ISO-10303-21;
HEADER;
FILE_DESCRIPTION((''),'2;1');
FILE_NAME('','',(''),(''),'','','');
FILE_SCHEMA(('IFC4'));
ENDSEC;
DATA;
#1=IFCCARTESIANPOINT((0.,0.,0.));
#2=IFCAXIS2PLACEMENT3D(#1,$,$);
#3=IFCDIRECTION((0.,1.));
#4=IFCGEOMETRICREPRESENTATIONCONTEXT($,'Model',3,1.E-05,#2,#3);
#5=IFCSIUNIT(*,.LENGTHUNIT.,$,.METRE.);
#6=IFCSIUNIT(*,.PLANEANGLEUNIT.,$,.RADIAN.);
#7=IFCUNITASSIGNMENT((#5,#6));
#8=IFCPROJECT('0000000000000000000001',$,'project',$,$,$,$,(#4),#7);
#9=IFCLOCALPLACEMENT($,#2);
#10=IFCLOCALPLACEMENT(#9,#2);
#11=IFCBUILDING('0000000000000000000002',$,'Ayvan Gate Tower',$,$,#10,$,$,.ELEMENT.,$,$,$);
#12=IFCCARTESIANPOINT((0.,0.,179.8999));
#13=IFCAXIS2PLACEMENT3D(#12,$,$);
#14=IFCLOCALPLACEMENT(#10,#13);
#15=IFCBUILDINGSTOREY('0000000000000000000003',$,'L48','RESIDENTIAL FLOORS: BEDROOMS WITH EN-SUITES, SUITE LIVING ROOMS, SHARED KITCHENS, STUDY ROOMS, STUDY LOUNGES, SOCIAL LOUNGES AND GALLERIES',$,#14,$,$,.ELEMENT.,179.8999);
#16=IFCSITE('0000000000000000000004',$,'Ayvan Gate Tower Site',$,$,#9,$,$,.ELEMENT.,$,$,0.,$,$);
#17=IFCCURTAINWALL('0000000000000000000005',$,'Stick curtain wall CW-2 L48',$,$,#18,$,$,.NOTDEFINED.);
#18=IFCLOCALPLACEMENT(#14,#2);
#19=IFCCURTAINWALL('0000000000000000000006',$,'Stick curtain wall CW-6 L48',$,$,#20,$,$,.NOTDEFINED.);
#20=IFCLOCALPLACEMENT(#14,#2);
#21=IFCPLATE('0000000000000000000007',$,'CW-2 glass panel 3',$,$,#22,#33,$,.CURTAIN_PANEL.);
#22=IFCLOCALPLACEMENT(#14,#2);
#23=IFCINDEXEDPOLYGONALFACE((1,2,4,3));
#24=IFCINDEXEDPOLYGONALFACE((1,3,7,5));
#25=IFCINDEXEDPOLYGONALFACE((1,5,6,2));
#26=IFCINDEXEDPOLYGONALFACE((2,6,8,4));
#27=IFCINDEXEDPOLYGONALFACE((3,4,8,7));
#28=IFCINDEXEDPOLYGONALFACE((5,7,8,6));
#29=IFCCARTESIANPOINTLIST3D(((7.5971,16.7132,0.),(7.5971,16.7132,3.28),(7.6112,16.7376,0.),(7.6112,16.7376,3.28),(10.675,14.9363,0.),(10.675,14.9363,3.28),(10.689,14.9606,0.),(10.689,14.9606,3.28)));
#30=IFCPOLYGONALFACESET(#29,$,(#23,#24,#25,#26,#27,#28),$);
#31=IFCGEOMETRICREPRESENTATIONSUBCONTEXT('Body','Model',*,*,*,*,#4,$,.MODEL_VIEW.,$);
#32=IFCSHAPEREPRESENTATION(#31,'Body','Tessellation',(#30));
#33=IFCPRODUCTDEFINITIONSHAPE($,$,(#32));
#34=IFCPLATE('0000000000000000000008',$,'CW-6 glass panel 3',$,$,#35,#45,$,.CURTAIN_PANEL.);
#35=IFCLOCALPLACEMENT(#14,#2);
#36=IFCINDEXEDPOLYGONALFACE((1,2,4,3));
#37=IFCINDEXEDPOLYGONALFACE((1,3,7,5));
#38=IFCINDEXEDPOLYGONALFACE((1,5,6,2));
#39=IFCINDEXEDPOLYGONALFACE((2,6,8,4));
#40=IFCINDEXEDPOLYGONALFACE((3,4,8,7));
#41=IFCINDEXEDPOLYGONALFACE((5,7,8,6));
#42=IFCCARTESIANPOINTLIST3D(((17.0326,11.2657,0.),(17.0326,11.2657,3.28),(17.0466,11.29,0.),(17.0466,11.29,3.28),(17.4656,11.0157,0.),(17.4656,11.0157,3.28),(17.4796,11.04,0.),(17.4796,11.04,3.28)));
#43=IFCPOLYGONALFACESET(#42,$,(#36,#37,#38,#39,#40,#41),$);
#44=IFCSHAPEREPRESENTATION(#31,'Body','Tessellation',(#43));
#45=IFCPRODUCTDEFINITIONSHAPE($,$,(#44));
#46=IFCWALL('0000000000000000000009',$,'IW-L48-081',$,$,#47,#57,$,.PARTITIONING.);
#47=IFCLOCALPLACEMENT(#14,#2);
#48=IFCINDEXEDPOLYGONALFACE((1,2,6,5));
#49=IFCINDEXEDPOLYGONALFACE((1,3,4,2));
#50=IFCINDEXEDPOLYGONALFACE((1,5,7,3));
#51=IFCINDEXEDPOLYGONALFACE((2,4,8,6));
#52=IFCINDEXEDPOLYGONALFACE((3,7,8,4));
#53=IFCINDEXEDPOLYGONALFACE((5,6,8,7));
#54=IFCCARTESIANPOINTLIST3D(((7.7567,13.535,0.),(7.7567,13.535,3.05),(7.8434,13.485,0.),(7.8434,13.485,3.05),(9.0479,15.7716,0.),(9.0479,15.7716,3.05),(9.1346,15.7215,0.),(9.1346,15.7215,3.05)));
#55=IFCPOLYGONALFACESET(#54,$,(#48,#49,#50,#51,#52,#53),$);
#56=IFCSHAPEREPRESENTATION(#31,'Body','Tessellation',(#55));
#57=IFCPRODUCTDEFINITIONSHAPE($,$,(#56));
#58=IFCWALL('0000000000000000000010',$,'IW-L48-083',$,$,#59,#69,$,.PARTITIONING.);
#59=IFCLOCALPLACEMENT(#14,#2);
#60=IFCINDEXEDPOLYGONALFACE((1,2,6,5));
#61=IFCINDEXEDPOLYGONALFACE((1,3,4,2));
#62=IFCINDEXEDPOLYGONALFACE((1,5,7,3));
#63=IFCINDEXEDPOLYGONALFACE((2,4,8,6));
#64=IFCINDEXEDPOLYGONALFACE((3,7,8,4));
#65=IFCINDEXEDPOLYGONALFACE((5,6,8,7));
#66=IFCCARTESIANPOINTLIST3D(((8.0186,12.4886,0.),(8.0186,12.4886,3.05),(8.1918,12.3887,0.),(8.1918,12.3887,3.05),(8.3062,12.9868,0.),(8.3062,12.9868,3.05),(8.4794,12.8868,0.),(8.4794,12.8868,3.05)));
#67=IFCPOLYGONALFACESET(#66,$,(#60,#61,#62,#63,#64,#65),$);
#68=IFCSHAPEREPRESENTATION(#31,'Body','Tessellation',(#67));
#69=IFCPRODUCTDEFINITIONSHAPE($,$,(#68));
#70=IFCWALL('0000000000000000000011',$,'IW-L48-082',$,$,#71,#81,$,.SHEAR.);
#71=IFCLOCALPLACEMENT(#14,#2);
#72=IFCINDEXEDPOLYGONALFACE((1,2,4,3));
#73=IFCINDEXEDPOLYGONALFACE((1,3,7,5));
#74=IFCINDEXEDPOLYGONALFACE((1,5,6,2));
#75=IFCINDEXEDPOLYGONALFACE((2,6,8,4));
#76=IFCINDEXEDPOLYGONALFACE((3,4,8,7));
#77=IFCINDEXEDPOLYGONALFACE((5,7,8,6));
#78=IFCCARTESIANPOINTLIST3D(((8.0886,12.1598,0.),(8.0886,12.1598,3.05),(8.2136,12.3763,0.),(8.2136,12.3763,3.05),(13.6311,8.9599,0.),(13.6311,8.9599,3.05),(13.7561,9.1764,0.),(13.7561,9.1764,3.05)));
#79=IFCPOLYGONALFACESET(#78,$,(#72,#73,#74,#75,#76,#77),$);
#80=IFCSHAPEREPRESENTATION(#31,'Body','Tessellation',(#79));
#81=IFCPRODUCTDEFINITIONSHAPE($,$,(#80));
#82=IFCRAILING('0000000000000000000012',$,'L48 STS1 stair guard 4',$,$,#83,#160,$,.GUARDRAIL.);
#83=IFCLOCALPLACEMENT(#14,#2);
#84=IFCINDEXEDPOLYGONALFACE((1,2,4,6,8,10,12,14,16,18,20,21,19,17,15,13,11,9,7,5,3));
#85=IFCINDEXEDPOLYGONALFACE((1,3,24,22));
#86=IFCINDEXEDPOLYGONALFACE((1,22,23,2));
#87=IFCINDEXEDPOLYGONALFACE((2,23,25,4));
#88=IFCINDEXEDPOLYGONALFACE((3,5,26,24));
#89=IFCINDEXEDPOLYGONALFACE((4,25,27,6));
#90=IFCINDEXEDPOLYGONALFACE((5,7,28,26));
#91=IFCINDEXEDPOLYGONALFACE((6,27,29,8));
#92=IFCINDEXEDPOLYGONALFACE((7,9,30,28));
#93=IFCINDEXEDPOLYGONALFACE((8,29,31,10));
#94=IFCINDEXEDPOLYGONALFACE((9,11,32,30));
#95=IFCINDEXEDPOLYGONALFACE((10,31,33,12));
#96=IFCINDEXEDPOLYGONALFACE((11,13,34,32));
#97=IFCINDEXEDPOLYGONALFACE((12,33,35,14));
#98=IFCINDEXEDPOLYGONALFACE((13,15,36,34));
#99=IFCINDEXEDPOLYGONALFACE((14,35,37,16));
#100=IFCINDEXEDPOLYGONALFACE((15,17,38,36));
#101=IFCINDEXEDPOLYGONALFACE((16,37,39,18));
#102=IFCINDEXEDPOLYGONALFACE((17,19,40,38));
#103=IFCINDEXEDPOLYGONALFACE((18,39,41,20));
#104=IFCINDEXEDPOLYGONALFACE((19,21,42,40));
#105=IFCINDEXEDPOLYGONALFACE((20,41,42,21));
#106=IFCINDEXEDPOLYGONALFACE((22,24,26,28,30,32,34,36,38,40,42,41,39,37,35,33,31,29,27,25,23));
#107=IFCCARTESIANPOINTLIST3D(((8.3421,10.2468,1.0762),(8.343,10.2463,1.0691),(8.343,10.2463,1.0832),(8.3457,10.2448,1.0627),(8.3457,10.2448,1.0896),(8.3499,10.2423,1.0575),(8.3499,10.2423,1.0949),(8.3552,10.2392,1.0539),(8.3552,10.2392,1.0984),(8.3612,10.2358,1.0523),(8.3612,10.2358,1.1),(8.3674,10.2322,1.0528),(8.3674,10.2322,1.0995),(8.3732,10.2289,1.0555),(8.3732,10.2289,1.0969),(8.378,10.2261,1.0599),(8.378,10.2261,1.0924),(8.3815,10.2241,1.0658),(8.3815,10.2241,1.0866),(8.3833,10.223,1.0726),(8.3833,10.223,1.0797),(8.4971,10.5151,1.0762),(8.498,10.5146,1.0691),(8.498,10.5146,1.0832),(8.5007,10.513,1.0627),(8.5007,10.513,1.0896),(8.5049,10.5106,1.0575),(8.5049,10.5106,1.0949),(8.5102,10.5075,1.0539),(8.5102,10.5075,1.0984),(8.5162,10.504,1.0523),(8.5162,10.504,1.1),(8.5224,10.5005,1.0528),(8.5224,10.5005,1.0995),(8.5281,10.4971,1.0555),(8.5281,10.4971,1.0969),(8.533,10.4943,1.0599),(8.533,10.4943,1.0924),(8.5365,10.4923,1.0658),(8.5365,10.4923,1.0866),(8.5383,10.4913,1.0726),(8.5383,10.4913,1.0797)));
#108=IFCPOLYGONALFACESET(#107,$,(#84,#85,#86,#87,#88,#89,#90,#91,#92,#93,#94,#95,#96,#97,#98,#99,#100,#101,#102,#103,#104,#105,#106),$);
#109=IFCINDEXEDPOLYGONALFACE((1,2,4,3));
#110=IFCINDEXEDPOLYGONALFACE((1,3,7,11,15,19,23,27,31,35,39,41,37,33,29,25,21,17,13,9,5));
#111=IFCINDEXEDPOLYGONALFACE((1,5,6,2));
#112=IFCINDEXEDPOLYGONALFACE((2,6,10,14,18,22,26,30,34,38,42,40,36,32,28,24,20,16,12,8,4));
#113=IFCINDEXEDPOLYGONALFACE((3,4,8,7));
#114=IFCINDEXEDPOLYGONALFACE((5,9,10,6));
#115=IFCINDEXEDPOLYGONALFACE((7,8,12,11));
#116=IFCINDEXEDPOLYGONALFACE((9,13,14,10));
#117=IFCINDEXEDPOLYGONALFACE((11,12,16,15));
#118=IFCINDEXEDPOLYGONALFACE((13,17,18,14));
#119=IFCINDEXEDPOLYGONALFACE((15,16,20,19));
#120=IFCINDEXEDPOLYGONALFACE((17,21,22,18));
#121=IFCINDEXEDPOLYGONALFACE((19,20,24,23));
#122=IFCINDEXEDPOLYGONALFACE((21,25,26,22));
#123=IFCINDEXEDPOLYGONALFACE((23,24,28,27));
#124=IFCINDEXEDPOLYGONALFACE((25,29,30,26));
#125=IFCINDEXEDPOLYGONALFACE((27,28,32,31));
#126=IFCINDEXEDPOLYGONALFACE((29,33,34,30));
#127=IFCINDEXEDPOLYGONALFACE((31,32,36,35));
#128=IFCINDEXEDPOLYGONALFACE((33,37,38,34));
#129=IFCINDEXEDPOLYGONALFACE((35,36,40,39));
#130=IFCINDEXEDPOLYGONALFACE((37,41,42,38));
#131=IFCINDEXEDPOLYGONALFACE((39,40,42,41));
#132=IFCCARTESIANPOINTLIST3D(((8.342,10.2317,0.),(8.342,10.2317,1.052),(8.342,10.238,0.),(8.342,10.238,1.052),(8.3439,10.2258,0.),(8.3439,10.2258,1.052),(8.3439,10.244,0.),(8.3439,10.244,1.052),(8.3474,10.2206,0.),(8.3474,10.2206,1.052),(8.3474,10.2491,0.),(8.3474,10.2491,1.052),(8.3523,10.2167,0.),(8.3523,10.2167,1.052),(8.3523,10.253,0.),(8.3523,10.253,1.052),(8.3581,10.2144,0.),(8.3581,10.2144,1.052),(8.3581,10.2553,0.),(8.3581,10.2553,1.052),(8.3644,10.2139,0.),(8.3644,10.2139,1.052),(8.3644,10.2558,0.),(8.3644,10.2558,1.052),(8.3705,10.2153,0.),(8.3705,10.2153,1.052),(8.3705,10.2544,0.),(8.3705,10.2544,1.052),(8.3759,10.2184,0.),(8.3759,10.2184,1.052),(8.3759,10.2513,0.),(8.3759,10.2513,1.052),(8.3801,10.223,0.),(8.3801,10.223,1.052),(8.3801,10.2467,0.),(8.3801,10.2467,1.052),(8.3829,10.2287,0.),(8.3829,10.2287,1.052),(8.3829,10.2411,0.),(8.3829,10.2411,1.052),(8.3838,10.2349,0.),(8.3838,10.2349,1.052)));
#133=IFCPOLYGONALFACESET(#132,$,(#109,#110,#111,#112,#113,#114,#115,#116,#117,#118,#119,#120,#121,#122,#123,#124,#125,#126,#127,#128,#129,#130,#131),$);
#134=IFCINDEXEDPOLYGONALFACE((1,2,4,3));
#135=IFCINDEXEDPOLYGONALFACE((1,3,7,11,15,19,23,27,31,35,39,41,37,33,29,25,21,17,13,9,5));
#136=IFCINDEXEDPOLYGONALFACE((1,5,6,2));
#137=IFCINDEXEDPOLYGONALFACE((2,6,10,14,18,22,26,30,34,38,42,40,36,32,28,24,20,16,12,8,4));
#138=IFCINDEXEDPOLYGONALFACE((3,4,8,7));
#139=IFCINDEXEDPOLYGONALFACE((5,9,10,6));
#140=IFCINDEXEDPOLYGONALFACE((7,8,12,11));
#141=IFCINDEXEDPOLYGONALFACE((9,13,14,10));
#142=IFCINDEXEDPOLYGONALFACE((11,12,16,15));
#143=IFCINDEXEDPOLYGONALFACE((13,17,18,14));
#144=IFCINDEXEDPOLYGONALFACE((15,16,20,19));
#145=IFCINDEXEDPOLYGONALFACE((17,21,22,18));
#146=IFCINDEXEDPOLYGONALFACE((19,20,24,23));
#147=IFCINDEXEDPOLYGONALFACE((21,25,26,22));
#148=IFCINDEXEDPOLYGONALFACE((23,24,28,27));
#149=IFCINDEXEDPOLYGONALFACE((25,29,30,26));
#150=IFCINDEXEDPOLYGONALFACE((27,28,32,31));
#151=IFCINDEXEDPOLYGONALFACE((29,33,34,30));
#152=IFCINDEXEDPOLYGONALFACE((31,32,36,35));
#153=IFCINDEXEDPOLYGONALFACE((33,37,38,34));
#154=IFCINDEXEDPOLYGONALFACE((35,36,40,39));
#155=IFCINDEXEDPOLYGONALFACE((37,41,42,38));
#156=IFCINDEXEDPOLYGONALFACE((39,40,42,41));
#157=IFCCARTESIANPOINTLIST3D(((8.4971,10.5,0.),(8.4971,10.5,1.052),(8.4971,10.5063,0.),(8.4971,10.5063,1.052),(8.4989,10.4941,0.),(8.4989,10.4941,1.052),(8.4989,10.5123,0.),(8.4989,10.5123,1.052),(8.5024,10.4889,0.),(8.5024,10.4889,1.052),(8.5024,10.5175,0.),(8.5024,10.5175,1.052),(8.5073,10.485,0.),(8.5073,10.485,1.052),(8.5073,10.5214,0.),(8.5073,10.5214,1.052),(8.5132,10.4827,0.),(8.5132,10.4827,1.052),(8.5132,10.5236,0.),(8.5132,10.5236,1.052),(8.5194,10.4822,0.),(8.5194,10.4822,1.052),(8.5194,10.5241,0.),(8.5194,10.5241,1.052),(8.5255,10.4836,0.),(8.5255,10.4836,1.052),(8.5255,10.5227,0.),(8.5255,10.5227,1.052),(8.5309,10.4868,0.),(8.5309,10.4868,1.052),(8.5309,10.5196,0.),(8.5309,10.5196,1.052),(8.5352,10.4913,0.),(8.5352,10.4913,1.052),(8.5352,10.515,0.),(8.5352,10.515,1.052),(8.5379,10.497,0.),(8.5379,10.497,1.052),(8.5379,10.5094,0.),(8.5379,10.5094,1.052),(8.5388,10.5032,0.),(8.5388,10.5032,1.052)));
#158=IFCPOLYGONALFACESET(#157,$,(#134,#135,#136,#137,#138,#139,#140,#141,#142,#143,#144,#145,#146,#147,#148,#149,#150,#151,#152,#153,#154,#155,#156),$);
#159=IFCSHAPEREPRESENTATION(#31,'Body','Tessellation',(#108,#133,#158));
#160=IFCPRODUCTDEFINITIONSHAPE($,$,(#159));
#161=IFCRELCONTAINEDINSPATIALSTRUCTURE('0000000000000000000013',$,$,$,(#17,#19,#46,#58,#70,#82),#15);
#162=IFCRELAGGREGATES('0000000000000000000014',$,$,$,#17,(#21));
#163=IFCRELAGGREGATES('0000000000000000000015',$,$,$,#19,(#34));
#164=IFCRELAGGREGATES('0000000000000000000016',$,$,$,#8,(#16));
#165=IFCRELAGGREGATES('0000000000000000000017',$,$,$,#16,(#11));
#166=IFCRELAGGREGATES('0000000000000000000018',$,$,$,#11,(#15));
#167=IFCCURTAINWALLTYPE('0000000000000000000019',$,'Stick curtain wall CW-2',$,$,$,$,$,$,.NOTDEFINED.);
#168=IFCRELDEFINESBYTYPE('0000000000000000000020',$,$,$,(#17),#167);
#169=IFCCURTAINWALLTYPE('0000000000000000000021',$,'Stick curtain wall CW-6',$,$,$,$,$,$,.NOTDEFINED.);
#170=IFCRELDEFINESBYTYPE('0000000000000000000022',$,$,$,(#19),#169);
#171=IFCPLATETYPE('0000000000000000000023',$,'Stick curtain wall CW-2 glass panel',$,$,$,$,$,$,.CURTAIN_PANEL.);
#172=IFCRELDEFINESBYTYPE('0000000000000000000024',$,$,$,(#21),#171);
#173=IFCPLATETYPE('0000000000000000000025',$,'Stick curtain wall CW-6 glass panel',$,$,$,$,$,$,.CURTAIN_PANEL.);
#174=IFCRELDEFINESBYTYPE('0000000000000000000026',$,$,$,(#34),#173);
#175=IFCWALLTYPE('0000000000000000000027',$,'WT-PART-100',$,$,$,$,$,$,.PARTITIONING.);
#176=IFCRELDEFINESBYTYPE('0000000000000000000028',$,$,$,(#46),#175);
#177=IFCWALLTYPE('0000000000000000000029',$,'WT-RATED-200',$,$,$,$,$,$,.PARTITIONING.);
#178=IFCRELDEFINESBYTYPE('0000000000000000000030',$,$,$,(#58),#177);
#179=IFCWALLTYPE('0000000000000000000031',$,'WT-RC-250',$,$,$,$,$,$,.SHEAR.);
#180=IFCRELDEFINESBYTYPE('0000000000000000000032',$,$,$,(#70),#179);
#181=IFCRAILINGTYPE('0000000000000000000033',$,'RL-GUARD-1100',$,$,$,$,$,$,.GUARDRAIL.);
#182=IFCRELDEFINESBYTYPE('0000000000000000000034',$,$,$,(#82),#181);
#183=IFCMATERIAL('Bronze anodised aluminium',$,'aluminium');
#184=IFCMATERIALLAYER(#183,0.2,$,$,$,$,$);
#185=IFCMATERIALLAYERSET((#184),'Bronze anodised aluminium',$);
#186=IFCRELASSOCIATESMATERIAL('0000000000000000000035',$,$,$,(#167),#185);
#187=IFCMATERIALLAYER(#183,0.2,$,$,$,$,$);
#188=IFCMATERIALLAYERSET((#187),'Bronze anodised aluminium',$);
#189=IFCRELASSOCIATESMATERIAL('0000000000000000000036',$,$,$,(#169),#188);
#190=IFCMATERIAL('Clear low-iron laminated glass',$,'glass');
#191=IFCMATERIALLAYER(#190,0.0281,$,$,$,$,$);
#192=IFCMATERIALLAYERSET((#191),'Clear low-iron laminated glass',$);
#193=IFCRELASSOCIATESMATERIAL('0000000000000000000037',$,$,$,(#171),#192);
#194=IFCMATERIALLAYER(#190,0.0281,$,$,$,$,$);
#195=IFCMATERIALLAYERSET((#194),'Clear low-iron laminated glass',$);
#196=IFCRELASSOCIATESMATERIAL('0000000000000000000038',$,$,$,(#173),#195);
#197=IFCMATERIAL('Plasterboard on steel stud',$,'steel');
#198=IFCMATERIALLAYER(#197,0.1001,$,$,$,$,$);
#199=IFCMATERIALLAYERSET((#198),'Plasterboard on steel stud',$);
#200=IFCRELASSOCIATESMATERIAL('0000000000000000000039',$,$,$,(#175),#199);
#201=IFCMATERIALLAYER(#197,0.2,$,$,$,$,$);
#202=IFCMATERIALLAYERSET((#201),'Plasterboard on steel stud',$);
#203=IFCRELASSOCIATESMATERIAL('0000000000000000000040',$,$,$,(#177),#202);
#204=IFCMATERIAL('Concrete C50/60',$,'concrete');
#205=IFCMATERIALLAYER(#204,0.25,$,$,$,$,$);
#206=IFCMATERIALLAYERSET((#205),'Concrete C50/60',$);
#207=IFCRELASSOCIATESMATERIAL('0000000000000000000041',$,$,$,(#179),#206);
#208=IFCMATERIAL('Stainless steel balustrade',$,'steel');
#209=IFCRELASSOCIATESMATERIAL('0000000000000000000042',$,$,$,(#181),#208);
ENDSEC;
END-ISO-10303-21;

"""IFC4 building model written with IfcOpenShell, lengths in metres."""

from ifc_helpers import new_model, si_unit, direction, frame, frame_2d, origin, origin_2d, place, context, subcontext, project, spatial, rectangle, circle, extrude, material, layer, layer_set, type_object, element, aggregate, save


model = new_model("IFC4")

# Units and contexts
model_context = context("Model", 3, precision=1e-05, world=origin(), true_north=direction((0.0, 1.0)))
body_context = subcontext(model_context, "Body", "Model", "MODEL_VIEW")
ifc_project = project(units=[si_unit("LENGTHUNIT", "METRE"), si_unit("PLANEANGLEUNIT", "RADIAN")], contexts=[model_context])

# Site, building, storey
site_placement = place(None, origin())
site = spatial("IfcSite", under=ifc_project, at=site_placement, Name="Ayvan Gate Tower Site", CompositionType="ELEMENT", RefElevation=0.0)
building_placement = place(site_placement, origin())
building = spatial("IfcBuilding", under=site, at=building_placement, Name="Ayvan Gate Tower", CompositionType="ELEMENT")
storey_placement = place(building_placement, frame((0.0, 0.0, 179.8999)))
storey = spatial("IfcBuildingStorey", under=building, at=storey_placement, Name="L48", Description="RESIDENTIAL FLOORS: BEDROOMS WITH EN-SUITES, SUITE LIVING ROOMS, SHARED KITCHENS, STUDY ROOMS, STUDY LOUNGES, SOCIAL LOUNGES AND GALLERIES", CompositionType="ELEMENT", Elevation=179.8999)

# Curtain walls
ifc_material_1 = material(Name="Bronze anodised aluminium", Category="aluminium")
ifc_layer_1 = layer(ifc_material_1, 0.2)
ifc_layer_set_1 = layer_set([ifc_layer_1], Name="Bronze anodised aluminium")
curtain_wall_type_1 = type_object("IfcCurtainWallType", Name="Stick curtain wall CW-2", PredefinedType="NOTDEFINED", material=ifc_layer_set_1)
curtain_wall_1_placement = place(storey_placement, origin())
curtain_wall_1 = element("IfcCurtainWall", 1, at=curtain_wall_1_placement, inside=storey, type_object=curtain_wall_type_1, Name="Stick curtain wall CW-2 L48", PredefinedType="NOTDEFINED")
ifc_layer_2 = layer(ifc_material_1, 0.2)
ifc_layer_set_2 = layer_set([ifc_layer_2], Name="Bronze anodised aluminium")
curtain_wall_type_2 = type_object("IfcCurtainWallType", Name="Stick curtain wall CW-6", PredefinedType="NOTDEFINED", material=ifc_layer_set_2)
curtain_wall_2_placement = place(storey_placement, origin())
curtain_wall_2 = element("IfcCurtainWall", 2, at=curtain_wall_2_placement, inside=storey, type_object=curtain_wall_type_2, Name="Stick curtain wall CW-6 L48", PredefinedType="NOTDEFINED")

# Plates
ifc_material_2 = material(Name="Clear low-iron laminated glass", Category="glass")
ifc_layer_3 = layer(ifc_material_2, 0.0281)
ifc_layer_set_3 = layer_set([ifc_layer_3], Name="Clear low-iron laminated glass")
plate_type_1 = type_object("IfcPlateType", Name="Stick curtain wall CW-2 glass panel", PredefinedType="CURTAIN_PANEL", material=ifc_layer_set_3)
plate_1_placement = place(storey_placement, frame((9.1431, 15.8369, 0.0), z_axis=(0.0, 0.0, 1.0), x_axis=(-0.866025, 0.5, 0.0)))
plate_1 = element("IfcPlate", 3, at=plate_1_placement, type_object=plate_type_1, Name="CW-2 glass panel 3", PredefinedType="CURTAIN_PANEL", context=body_context, shape_type="SweptSolid", body=[
    extrude(rectangle(XDim=3.554, YDim=0.0281, at=origin_2d()), origin(), (0.0, 0.0, 1.0), 3.28),
])
aggregate(curtain_wall_1, [plate_1])
ifc_layer_4 = layer(ifc_material_2, 0.0281)
ifc_layer_set_4 = layer_set([ifc_layer_4], Name="Clear low-iron laminated glass")
plate_type_2 = type_object("IfcPlateType", Name="Stick curtain wall CW-6 glass panel", PredefinedType="CURTAIN_PANEL", material=ifc_layer_set_4)
plate_2_placement = place(storey_placement, frame((17.2561, 11.1528, 0.0), z_axis=(0.0, 0.0, 1.0), x_axis=(-0.866025, 0.5, 0.0)))
plate_2 = element("IfcPlate", 4, at=plate_2_placement, type_object=plate_type_2, Name="CW-6 glass panel 3", PredefinedType="CURTAIN_PANEL", context=body_context, shape_type="SweptSolid", body=[
    extrude(rectangle(XDim=0.5, YDim=0.0281, at=origin_2d()), origin(), (0.0, 0.0, 1.0), 3.28),
])
aggregate(curtain_wall_2, [plate_2])

# Walls
ifc_material_3 = material(Name="Plasterboard on steel stud", Category="steel")
ifc_layer_5 = layer(ifc_material_3, 0.1001)
ifc_layer_set_5 = layer_set([ifc_layer_5], Name="Plasterboard on steel stud")
wall_type_1 = type_object("IfcWallType", Name="WT-PART-100", PredefinedType="PARTITIONING", material=ifc_layer_set_5)
wall_1_placement = place(storey_placement, frame((7.8, 13.51, 0.0), z_axis=(0.0, 0.0, 1.0), x_axis=(0.499992, 0.86603, 0.0)))
element("IfcWall", 5, at=wall_1_placement, inside=storey, type_object=wall_type_1, Name="IW-L48-081", PredefinedType="PARTITIONING", context=body_context, shape_type="SweptSolid", body=[
    extrude(rectangle(XDim=2.5825, YDim=0.1001, at=frame_2d((1.2913, 0.0))), origin(), (0.0, 0.0, 1.0), 3.05),
])
ifc_layer_6 = layer(ifc_material_3, 0.2)
ifc_layer_set_6 = layer_set([ifc_layer_6], Name="Plasterboard on steel stud")
wall_type_2 = type_object("IfcWallType", Name="WT-RATED-200", PredefinedType="PARTITIONING", material=ifc_layer_set_6)
wall_2_placement = place(storey_placement, frame((8.3928, 12.9368, 0.0), z_axis=(0.0, 0.0, 1.0), x_axis=(-0.500065, -0.865988, 0.0)))
element("IfcWall", 6, at=wall_2_placement, inside=storey, type_object=wall_type_2, Name="IW-L48-083", PredefinedType="PARTITIONING", context=body_context, shape_type="SweptSolid", body=[
    extrude(rectangle(XDim=0.5752, YDim=0.2, at=frame_2d((0.2876, 0.0))), origin(), (0.0, 0.0, 1.0), 3.05),
])
ifc_material_4 = material(Name="Concrete C50/60", Category="concrete")
ifc_layer_7 = layer(ifc_material_4, 0.25)
ifc_layer_set_7 = layer_set([ifc_layer_7], Name="Concrete C50/60")
wall_type_3 = type_object("IfcWallType", Name="WT-RC-250", PredefinedType="SHEAR", material=ifc_layer_set_7)
wall_3_placement = place(storey_placement, frame((8.1511, 12.2681, 0.0), z_axis=(0.0, 0.0, 1.0), x_axis=(0.866025, -0.5, 0.0)))
element("IfcWall", 7, at=wall_3_placement, inside=storey, type_object=wall_type_3, Name="IW-L48-082", PredefinedType="SHEAR", context=body_context, shape_type="SweptSolid", body=[
    extrude(rectangle(XDim=6.3999, YDim=0.25, at=frame_2d((3.2, 0.0))), origin(), (0.0, 0.0, 1.0), 3.05),
])

# Railing
ifc_material_5 = material(Name="Stainless steel balustrade", Category="steel")
railing_type_1 = type_object("IfcRailingType", Name="RL-GUARD-1100", PredefinedType="GUARDRAIL", material=ifc_material_5)
railing_1_placement = place(storey_placement, frame((8.3628, 10.2349, 0.0)))
element("IfcRailing", 8, at=railing_1_placement, inside=storey, type_object=railing_type_1, Name="L48 STS1 stair guard 4", PredefinedType="GUARDRAIL", context=body_context, shape_type="SweptSolid", body=[
    extrude(circle(Radius=0.0239, at=origin_2d()), frame((0.0, 0.0, 1.0762), z_axis=(0.500291, 0.865857, 0.0), x_axis=(-0.865857, 0.500291, 0.0)), (0.0, 0.0, 1.0), 0.3098),
    extrude(circle(Radius=0.021, at=origin_2d()), origin(), (0.0, 0.0, 1.0), 1.052),
    extrude(circle(Radius=0.021, at=origin_2d()), frame((0.155, 0.2683, 0.0)), (0.0, 0.0, 1.0), 1.052),
])

save(model, "model.ifc")
